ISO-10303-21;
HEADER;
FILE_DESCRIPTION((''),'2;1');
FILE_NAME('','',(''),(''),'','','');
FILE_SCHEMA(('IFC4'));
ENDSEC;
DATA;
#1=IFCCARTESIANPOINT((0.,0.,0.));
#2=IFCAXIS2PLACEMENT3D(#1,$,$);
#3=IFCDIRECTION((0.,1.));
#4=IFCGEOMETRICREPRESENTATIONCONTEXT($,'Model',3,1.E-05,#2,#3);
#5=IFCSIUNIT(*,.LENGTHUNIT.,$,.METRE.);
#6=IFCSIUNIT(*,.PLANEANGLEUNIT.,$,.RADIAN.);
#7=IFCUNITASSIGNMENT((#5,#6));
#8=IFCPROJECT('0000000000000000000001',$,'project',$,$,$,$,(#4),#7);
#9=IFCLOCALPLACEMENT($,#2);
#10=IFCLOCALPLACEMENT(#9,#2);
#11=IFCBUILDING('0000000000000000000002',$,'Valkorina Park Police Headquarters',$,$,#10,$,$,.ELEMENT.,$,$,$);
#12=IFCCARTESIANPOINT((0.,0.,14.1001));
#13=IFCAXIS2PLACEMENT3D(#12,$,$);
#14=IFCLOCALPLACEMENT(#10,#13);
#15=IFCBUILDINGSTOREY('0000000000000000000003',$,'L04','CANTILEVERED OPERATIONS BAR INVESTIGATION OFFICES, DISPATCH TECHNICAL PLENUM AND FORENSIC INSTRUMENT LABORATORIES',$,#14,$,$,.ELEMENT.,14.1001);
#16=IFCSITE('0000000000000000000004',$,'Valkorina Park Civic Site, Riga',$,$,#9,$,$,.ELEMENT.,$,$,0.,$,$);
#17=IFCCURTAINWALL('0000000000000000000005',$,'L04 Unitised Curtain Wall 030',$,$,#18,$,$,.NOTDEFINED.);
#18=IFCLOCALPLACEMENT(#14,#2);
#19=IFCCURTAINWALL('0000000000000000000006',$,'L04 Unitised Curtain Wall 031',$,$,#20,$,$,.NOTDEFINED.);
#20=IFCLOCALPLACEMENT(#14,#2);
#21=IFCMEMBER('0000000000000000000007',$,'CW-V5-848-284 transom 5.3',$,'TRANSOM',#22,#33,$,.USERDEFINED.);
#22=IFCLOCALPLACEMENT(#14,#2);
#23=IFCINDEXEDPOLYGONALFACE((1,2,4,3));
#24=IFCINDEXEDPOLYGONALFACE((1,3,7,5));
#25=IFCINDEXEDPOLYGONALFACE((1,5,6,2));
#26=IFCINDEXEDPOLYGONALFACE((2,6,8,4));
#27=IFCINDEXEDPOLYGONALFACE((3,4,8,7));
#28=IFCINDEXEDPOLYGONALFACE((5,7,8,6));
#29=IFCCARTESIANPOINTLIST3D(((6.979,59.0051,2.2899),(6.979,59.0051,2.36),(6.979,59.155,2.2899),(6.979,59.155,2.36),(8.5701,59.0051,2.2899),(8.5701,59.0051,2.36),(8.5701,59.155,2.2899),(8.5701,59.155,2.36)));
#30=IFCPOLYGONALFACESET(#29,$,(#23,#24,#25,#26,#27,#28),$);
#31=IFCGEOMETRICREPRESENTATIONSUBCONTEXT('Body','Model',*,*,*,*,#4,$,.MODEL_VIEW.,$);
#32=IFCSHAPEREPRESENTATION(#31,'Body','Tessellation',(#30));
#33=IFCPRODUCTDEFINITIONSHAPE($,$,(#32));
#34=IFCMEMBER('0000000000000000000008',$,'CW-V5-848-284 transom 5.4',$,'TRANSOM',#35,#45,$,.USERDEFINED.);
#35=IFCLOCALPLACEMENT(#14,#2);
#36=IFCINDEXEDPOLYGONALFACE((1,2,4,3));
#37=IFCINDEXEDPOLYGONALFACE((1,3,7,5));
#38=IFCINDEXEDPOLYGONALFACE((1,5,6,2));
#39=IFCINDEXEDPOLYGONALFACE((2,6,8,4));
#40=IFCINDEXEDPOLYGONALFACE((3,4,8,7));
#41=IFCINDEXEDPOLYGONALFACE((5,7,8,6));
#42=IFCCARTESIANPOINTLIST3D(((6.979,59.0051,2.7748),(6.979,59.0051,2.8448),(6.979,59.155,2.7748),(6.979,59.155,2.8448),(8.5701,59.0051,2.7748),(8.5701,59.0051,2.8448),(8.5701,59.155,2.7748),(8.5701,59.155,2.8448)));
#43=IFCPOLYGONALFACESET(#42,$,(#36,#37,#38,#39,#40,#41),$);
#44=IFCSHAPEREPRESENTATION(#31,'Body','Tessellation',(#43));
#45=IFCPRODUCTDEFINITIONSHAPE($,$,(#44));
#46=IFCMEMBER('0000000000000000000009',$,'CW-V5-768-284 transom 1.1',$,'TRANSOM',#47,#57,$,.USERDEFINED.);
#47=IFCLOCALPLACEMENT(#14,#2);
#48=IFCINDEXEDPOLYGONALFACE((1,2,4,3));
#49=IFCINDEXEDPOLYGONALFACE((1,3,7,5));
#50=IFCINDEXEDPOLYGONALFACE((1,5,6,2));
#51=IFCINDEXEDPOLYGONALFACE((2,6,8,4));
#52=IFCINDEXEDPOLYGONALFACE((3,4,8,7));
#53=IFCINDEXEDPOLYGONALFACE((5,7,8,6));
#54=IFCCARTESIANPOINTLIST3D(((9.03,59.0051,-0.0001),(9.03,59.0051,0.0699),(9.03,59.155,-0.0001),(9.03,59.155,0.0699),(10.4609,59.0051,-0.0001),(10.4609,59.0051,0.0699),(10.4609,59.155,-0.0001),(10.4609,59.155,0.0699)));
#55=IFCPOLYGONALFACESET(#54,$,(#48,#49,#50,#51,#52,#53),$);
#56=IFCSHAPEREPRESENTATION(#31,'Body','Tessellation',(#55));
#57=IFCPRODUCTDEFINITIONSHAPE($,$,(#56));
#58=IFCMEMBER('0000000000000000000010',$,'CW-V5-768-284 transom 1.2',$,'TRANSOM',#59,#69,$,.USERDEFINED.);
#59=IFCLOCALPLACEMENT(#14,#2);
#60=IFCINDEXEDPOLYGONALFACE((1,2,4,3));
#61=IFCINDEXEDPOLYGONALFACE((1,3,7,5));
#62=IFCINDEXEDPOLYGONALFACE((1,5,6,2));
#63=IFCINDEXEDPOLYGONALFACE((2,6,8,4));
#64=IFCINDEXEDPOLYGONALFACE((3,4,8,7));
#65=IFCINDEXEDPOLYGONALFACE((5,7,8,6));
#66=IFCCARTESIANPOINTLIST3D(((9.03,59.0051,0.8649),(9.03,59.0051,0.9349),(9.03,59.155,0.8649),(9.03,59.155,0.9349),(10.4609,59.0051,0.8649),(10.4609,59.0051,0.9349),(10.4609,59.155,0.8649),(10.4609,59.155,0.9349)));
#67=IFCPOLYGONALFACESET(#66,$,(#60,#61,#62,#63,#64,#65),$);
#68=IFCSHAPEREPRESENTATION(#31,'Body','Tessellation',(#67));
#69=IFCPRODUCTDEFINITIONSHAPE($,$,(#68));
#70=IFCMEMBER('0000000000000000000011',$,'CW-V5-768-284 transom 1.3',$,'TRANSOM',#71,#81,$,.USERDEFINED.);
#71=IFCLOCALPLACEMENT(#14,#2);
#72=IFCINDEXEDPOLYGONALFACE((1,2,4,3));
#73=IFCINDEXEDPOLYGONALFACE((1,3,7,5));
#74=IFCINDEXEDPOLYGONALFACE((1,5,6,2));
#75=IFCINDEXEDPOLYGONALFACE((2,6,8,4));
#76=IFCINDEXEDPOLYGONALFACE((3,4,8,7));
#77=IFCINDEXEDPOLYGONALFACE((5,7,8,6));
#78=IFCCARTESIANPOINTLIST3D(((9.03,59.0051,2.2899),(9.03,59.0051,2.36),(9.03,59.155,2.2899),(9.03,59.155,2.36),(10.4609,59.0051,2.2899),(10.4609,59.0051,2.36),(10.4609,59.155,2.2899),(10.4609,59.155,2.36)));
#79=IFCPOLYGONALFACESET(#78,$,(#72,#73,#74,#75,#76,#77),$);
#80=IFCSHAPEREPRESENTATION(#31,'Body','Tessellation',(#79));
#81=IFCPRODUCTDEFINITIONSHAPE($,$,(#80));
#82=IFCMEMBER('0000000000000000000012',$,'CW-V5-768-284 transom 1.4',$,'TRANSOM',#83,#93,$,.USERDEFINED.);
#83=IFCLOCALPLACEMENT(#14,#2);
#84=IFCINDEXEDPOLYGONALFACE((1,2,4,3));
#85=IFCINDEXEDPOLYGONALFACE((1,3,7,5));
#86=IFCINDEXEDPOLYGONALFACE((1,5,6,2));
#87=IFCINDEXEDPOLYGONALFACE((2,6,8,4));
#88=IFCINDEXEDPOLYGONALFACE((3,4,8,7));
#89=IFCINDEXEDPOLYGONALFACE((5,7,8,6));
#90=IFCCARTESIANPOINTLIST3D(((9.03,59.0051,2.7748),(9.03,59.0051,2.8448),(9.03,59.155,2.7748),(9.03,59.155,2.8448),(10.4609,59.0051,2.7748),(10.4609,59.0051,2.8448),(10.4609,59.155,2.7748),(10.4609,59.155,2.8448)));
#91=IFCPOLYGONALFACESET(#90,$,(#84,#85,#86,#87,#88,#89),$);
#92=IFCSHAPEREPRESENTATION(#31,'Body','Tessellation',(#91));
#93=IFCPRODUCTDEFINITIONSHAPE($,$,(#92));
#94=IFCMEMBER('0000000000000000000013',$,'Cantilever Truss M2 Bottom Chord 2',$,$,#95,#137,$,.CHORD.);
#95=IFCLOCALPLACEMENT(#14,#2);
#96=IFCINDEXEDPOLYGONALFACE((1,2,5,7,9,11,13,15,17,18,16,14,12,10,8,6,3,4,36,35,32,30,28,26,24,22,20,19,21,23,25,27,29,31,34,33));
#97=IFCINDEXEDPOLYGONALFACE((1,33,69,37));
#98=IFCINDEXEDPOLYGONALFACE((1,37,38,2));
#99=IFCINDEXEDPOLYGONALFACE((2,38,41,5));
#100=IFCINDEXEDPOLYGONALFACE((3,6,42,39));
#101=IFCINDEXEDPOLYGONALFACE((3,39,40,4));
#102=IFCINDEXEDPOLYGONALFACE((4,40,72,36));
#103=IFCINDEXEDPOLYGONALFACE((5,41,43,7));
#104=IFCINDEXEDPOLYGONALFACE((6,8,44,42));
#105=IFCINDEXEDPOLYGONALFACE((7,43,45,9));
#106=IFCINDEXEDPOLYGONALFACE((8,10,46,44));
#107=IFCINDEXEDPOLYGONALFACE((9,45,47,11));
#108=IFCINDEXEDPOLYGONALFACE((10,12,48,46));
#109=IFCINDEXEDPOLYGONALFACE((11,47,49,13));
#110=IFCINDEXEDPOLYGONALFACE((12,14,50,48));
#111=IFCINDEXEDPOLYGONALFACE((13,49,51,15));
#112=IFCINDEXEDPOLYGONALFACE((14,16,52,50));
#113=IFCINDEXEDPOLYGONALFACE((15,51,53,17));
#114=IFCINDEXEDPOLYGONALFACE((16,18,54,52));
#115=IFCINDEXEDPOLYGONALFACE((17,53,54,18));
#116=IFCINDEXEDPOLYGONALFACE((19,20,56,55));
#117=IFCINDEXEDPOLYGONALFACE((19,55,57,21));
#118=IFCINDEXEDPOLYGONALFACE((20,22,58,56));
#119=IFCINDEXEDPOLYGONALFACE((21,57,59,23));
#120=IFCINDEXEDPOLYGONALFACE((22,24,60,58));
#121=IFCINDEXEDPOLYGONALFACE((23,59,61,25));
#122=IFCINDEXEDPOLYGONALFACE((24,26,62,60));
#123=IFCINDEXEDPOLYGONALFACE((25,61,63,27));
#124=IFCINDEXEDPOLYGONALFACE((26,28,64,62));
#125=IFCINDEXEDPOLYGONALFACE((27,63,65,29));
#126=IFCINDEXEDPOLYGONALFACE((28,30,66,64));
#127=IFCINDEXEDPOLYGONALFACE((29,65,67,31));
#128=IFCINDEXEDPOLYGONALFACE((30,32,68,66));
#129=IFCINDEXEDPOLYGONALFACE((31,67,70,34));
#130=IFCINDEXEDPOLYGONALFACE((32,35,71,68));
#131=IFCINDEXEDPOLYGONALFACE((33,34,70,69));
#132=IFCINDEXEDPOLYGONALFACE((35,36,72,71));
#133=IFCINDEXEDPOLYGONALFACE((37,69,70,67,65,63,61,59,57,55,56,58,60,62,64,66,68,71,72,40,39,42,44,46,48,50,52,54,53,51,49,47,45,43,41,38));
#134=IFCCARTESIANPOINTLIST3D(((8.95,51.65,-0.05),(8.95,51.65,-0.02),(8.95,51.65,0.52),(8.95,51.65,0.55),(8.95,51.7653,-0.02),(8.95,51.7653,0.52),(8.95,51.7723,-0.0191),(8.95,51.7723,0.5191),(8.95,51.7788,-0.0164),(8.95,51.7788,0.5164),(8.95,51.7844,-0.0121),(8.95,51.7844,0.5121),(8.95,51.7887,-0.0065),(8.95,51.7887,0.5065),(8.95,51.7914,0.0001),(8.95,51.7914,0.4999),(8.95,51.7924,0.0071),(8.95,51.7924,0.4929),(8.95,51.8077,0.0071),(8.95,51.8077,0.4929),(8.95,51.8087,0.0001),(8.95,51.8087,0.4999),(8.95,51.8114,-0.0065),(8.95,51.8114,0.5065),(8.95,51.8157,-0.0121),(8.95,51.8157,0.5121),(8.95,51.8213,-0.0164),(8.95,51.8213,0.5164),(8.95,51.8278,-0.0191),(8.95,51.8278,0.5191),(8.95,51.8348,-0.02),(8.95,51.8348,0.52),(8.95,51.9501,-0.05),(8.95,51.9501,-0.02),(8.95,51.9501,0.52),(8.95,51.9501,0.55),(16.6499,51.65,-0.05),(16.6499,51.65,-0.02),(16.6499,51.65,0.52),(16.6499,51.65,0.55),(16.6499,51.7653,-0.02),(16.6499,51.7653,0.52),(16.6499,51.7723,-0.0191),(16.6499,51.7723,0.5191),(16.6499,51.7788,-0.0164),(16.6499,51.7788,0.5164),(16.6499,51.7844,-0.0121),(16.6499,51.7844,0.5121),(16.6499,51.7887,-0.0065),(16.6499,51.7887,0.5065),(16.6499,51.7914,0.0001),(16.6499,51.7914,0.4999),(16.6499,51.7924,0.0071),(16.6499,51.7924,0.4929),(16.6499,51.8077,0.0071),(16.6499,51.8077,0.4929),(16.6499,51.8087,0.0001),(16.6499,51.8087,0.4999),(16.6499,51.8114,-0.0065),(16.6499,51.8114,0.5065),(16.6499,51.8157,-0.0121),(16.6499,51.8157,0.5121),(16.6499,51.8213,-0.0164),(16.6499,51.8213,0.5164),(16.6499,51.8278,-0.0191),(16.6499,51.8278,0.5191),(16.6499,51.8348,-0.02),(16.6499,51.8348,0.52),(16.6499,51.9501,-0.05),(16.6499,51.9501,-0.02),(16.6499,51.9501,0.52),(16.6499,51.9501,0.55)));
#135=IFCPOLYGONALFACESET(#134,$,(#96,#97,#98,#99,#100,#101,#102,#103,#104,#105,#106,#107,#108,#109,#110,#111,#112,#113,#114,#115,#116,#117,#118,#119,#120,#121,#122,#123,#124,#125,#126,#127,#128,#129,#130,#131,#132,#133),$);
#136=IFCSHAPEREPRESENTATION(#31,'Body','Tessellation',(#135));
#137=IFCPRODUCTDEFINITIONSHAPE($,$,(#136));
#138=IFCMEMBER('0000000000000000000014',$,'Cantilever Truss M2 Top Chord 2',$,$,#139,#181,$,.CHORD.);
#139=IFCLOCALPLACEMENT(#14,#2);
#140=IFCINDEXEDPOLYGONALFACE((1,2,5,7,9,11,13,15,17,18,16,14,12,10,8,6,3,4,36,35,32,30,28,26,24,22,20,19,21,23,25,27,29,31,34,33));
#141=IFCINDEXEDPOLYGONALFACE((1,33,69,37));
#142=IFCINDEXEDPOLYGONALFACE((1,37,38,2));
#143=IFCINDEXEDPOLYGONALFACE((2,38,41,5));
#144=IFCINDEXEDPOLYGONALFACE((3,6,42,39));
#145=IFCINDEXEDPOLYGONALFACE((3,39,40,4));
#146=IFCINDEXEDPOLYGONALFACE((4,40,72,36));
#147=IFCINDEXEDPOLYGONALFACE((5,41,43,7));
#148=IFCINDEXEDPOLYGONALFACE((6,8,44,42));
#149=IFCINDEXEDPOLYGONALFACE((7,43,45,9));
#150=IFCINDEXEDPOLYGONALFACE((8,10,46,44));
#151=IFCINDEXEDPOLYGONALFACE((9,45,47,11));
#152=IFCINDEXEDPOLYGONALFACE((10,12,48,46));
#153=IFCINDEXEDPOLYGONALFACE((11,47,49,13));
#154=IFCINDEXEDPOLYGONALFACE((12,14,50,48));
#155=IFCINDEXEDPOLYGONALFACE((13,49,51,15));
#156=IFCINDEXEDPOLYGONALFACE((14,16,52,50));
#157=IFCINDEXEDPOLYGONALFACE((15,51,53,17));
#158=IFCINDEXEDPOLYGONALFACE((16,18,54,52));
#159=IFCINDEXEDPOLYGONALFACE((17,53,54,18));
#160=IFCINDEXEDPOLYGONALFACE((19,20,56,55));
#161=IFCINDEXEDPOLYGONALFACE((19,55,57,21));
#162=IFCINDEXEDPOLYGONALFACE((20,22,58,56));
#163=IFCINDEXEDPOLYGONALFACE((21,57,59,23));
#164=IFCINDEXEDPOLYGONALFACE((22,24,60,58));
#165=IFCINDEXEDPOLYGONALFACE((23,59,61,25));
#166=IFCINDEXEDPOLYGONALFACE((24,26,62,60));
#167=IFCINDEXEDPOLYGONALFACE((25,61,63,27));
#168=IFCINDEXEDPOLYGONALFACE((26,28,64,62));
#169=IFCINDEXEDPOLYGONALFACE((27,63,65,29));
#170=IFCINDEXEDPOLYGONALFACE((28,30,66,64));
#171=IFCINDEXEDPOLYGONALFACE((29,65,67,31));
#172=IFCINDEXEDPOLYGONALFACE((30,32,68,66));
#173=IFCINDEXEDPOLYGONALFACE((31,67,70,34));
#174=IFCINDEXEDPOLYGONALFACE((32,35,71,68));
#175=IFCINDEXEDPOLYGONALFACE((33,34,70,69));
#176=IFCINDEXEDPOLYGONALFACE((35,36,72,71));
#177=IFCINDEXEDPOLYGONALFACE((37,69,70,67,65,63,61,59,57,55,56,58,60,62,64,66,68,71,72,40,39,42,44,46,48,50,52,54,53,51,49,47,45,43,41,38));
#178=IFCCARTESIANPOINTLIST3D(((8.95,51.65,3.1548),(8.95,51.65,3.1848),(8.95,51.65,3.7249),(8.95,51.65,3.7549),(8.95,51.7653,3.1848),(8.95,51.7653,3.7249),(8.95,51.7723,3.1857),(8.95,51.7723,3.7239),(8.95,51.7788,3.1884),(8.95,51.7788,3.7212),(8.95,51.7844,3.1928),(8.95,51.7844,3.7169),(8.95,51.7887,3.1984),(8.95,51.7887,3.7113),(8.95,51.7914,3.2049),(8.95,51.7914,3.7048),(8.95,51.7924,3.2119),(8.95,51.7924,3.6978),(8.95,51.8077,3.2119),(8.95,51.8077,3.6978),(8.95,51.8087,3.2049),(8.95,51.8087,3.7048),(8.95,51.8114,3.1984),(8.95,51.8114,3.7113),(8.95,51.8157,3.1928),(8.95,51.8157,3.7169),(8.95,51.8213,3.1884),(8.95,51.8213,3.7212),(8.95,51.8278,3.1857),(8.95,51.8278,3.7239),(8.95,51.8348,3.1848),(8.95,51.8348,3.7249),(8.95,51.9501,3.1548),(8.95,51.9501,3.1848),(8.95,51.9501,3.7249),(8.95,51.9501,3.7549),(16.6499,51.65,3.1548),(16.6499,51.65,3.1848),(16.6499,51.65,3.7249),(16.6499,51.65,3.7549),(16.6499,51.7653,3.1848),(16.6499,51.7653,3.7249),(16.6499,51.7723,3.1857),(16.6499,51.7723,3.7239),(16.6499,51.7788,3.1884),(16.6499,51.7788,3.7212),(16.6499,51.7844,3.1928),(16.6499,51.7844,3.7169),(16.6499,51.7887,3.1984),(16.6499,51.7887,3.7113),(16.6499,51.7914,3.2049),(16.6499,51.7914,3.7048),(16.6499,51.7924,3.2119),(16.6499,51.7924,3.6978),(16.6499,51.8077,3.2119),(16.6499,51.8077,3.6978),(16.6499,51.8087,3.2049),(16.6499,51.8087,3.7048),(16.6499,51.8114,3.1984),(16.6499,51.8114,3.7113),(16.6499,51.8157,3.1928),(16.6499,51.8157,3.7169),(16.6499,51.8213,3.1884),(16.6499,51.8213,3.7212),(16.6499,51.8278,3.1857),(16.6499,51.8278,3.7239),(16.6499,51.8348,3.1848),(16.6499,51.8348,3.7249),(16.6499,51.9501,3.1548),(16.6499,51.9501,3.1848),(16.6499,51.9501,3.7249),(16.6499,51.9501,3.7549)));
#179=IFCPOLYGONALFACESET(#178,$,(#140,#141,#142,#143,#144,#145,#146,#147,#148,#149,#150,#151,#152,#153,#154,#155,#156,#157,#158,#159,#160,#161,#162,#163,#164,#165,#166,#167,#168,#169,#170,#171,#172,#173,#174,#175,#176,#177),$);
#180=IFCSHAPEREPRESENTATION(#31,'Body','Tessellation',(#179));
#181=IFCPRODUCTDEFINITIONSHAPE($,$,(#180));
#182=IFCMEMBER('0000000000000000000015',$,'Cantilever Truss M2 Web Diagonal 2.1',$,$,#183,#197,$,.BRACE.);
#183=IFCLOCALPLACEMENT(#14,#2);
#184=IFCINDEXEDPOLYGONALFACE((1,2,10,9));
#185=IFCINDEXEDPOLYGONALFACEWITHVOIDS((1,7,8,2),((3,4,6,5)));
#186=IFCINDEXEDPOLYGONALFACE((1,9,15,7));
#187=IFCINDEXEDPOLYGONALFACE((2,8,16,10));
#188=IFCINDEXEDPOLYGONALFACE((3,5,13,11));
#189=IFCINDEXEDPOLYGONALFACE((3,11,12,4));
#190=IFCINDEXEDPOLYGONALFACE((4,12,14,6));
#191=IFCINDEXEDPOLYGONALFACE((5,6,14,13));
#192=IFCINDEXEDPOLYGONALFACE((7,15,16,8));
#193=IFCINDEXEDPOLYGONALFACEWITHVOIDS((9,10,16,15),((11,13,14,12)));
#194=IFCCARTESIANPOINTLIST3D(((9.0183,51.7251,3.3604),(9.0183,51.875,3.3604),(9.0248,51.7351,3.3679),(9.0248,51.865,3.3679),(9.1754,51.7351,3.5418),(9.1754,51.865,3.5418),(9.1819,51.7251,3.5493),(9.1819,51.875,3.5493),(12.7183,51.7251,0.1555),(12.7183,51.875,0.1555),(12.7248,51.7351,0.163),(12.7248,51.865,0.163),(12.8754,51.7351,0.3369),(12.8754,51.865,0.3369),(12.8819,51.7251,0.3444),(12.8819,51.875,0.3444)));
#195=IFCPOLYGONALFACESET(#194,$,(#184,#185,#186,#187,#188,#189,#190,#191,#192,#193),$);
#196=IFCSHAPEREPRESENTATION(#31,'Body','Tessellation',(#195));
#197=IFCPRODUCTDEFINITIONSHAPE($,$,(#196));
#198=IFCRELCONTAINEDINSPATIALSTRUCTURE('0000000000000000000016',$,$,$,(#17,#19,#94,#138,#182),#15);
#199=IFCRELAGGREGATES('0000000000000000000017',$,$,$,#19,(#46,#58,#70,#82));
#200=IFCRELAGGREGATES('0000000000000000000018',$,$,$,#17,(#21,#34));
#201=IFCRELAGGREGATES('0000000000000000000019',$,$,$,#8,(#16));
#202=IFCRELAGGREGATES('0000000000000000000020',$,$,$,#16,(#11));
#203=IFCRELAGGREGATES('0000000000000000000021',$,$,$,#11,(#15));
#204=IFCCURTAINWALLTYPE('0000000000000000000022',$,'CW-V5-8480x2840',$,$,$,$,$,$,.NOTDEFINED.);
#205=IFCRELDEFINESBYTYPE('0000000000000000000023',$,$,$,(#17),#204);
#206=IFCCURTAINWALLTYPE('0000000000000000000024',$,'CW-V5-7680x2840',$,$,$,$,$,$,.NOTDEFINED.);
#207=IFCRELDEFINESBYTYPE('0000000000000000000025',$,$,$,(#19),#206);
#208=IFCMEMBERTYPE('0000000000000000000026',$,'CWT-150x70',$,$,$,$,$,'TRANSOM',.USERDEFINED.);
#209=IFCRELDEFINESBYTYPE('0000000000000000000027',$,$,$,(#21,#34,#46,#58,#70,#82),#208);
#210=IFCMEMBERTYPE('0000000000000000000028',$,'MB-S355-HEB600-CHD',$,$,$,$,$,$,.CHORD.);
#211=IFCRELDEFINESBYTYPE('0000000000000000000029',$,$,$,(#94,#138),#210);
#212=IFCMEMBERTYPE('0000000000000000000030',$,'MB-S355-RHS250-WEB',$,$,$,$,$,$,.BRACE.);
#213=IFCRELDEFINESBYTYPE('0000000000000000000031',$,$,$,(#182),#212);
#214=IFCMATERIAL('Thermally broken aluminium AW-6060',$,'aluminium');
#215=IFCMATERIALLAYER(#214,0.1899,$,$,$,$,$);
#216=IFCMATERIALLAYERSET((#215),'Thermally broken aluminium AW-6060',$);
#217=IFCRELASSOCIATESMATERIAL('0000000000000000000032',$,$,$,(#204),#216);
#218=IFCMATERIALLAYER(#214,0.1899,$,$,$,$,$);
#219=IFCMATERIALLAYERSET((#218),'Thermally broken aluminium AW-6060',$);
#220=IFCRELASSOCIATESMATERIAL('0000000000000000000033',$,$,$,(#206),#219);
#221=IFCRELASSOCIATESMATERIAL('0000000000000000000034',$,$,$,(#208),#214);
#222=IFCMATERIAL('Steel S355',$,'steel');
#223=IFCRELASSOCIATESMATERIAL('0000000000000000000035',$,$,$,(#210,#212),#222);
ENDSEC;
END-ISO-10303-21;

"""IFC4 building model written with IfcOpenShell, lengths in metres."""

from ifc_helpers import new_model, si_unit, direction, frame, origin, origin_2d, place, context, subcontext, project, spatial, rectangle, hollow_rectangle, i_section, extrude, material, layer, layer_set, material_profile, profile_set, type_object, element, aggregate, save


model = new_model("IFC4")

# Units and contexts
model_context = context("Model", 3, precision=1e-05, world=origin(), true_north=direction((0.0, 1.0)))
body_context = subcontext(model_context, "Body", "Model", "MODEL_VIEW")
ifc_project = project(units=[si_unit("LENGTHUNIT", "METRE"), si_unit("PLANEANGLEUNIT", "RADIAN")], contexts=[model_context])

# Site, building, storey
site_placement = place(None, origin())
site = spatial("IfcSite", under=ifc_project, at=site_placement, Name="Valkorina Park Civic Site, Riga", CompositionType="ELEMENT", RefElevation=0.0)
building_placement = place(site_placement, origin())
building = spatial("IfcBuilding", under=site, at=building_placement, Name="Valkorina Park Police Headquarters", CompositionType="ELEMENT")
storey_placement = place(building_placement, frame((0.0, 0.0, 14.1001)))
storey = spatial("IfcBuildingStorey", under=building, at=storey_placement, Name="L04", Description="CANTILEVERED OPERATIONS BAR INVESTIGATION OFFICES, DISPATCH TECHNICAL PLENUM AND FORENSIC INSTRUMENT LABORATORIES", CompositionType="ELEMENT", Elevation=14.1001)

# Shared definitions
ifc_material_1 = material(Name="Steel S355", Category="steel")

# Curtain wall
ifc_material_2 = material(Name="Thermally broken aluminium AW-6060", Category="aluminium")
ifc_layer_1 = layer(ifc_material_2, 0.1899)
ifc_layer_set_1 = layer_set([ifc_layer_1], Name="Thermally broken aluminium AW-6060")
curtain_wall_type_1 = type_object("IfcCurtainWallType", Name="CW-V5-8480x2840", PredefinedType="NOTDEFINED", material=ifc_layer_set_1)
curtain_wall_1_placement = place(storey_placement, origin())
curtain_wall_1 = element("IfcCurtainWall", 1, at=curtain_wall_1_placement, inside=storey, type_object=curtain_wall_type_1, Name="L04 Unitised Curtain Wall 030", PredefinedType="NOTDEFINED")

# Curtain wall
ifc_layer_2 = layer(ifc_material_2, 0.1899)
ifc_layer_set_2 = layer_set([ifc_layer_2], Name="Thermally broken aluminium AW-6060")
curtain_wall_type_2 = type_object("IfcCurtainWallType", Name="CW-V5-7680x2840", PredefinedType="NOTDEFINED", material=ifc_layer_set_2)
curtain_wall_2_placement = place(storey_placement, origin())
curtain_wall_2 = element("IfcCurtainWall", 2, at=curtain_wall_2_placement, inside=storey, type_object=curtain_wall_type_2, Name="L04 Unitised Curtain Wall 031", PredefinedType="NOTDEFINED")

# Members
ifc_material_profile_1 = material_profile(ifc_material_2, rectangle(XDim=0.1499, YDim=0.0701, at=origin_2d()), Name="CWT-02 150x70")
ifc_profile_set_1 = profile_set([ifc_material_profile_1], Name="Thermally broken aluminium AW-6060")
member_type_1 = type_object("IfcMemberType", Name="CWT-150x70", ElementType="TRANSOM", PredefinedType="USERDEFINED", material=ifc_profile_set_1)
member_1_placement = place(storey_placement, frame((6.979, 59.0801, 2.325), z_axis=(1.0, 0.0, 0.0), x_axis=(0.0, 1.0, 0.0)))
member_1 = element("IfcMember", 3, at=member_1_placement, type_object=member_type_1, Name="CW-V5-848-284 transom 5.3", ObjectType="TRANSOM", PredefinedType="USERDEFINED", context=body_context, shape_type="SweptSolid", body=[
    extrude(rectangle(XDim=0.1499, YDim=0.0701, at=origin_2d()), origin(), (0.0, 0.0, 1.0), 1.5911),
])
member_2_placement = place(storey_placement, frame((6.979, 59.0801, 2.8098), z_axis=(1.0, 0.0, 0.0), x_axis=(0.0, 1.0, 0.0)))
member_2 = element("IfcMember", 4, at=member_2_placement, type_object=member_type_1, Name="CW-V5-848-284 transom 5.4", ObjectType="TRANSOM", PredefinedType="USERDEFINED", context=body_context, shape_type="SweptSolid", body=[
    extrude(rectangle(XDim=0.1499, YDim=0.0701, at=origin_2d()), origin(), (0.0, 0.0, 1.0), 1.5911),
])
member_3_placement = place(storey_placement, frame((9.03, 59.0801, 0.0349), z_axis=(1.0, 0.0, 0.0), x_axis=(0.0, 1.0, 0.0)))
member_3 = element("IfcMember", 5, at=member_3_placement, type_object=member_type_1, Name="CW-V5-768-284 transom 1.1", ObjectType="TRANSOM", PredefinedType="USERDEFINED", context=body_context, shape_type="SweptSolid", body=[
    extrude(rectangle(XDim=0.1499, YDim=0.0701, at=origin_2d()), origin(), (0.0, 0.0, 1.0), 1.4309),
])
member_4_placement = place(storey_placement, frame((9.03, 59.0801, 0.8999), z_axis=(1.0, 0.0, 0.0), x_axis=(0.0, 1.0, 0.0)))
member_4 = element("IfcMember", 6, at=member_4_placement, type_object=member_type_1, Name="CW-V5-768-284 transom 1.2", ObjectType="TRANSOM", PredefinedType="USERDEFINED", context=body_context, shape_type="SweptSolid", body=[
    extrude(rectangle(XDim=0.1499, YDim=0.0701, at=origin_2d()), origin(), (0.0, 0.0, 1.0), 1.4309),
])
member_5_placement = place(storey_placement, frame((9.03, 59.0801, 2.325), z_axis=(1.0, 0.0, 0.0), x_axis=(0.0, 1.0, 0.0)))
member_5 = element("IfcMember", 7, at=member_5_placement, type_object=member_type_1, Name="CW-V5-768-284 transom 1.3", ObjectType="TRANSOM", PredefinedType="USERDEFINED", context=body_context, shape_type="SweptSolid", body=[
    extrude(rectangle(XDim=0.1499, YDim=0.0701, at=origin_2d()), origin(), (0.0, 0.0, 1.0), 1.4309),
])
member_6_placement = place(storey_placement, frame((9.03, 59.0801, 2.8098), z_axis=(1.0, 0.0, 0.0), x_axis=(0.0, 1.0, 0.0)))
member_6 = element("IfcMember", 8, at=member_6_placement, type_object=member_type_1, Name="CW-V5-768-284 transom 1.4", ObjectType="TRANSOM", PredefinedType="USERDEFINED", context=body_context, shape_type="SweptSolid", body=[
    extrude(rectangle(XDim=0.1499, YDim=0.0701, at=origin_2d()), origin(), (0.0, 0.0, 1.0), 1.4309),
])
aggregate(curtain_wall_2, [member_3, member_4, member_5, member_6])

# Members
ifc_material_profile_2 = material_profile(ifc_material_1, i_section(OverallWidth=0.3, OverallDepth=0.6001, WebThickness=0.0154, FlangeThickness=0.03, FilletRadius=0.0271, at=origin_2d()), Name="HEB 600")
ifc_profile_set_2 = profile_set([ifc_material_profile_2], Name="Steel S355")
member_type_2 = type_object("IfcMemberType", Name="MB-S355-HEB600-CHD", PredefinedType="CHORD", material=ifc_profile_set_2)
for number, where, z_axis, x_axis, name in (
    (9, (8.95, 51.8, 0.25), (1.0, 0.0, 0.0), (0.0, 1.0, 0.0), "Cantilever Truss M2 Bottom Chord 2"),
    (10, (8.95, 51.8, 3.4548), (1.0, 0.0, 0.0), (0.0, 1.0, 0.0), "Cantilever Truss M2 Top Chord 2"),
):
    element("IfcMember", number, at=place(storey_placement, frame(where, z_axis=z_axis, x_axis=x_axis)), inside=storey, type_object=member_type_2, Name=name, PredefinedType="CHORD", context=body_context, shape_type="SweptSolid", body=[
        extrude(i_section(OverallWidth=0.3, OverallDepth=0.6001, WebThickness=0.0154, FlangeThickness=0.03, FilletRadius=0.0271, at=origin_2d()), origin(), (0.0, 0.0, 1.0), 7.7),
    ])
ifc_material_profile_3 = material_profile(ifc_material_1, hollow_rectangle(XDim=0.1499, YDim=0.25, WallThickness=0.01, at=origin_2d()), Name="RHS 250x150x10")
ifc_profile_set_3 = profile_set([ifc_material_profile_3], Name="Steel S355")
member_type_3 = type_object("IfcMemberType", Name="MB-S355-RHS250-WEB", PredefinedType="BRACE", material=ifc_profile_set_3)
for number, where, z_axis, x_axis, name in (
    (11, (9.1001, 51.8, 3.4548), (0.75587, 0.0, -0.654722), (0.0, 1.0, 0.0), "Cantilever Truss M2 Web Diagonal 2.1"),
):
    element("IfcMember", number, at=place(storey_placement, frame(where, z_axis=z_axis, x_axis=x_axis)), inside=storey, type_object=member_type_3, Name=name, PredefinedType="BRACE", context=body_context, shape_type="SweptSolid", body=[
        extrude(hollow_rectangle(XDim=0.1499, YDim=0.25, WallThickness=0.01, at=origin_2d()), origin(), (0.0, 0.0, 1.0), 4.895),
    ])

aggregate(curtain_wall_1, [member_1, member_2])

save(model, "model.ifc")
